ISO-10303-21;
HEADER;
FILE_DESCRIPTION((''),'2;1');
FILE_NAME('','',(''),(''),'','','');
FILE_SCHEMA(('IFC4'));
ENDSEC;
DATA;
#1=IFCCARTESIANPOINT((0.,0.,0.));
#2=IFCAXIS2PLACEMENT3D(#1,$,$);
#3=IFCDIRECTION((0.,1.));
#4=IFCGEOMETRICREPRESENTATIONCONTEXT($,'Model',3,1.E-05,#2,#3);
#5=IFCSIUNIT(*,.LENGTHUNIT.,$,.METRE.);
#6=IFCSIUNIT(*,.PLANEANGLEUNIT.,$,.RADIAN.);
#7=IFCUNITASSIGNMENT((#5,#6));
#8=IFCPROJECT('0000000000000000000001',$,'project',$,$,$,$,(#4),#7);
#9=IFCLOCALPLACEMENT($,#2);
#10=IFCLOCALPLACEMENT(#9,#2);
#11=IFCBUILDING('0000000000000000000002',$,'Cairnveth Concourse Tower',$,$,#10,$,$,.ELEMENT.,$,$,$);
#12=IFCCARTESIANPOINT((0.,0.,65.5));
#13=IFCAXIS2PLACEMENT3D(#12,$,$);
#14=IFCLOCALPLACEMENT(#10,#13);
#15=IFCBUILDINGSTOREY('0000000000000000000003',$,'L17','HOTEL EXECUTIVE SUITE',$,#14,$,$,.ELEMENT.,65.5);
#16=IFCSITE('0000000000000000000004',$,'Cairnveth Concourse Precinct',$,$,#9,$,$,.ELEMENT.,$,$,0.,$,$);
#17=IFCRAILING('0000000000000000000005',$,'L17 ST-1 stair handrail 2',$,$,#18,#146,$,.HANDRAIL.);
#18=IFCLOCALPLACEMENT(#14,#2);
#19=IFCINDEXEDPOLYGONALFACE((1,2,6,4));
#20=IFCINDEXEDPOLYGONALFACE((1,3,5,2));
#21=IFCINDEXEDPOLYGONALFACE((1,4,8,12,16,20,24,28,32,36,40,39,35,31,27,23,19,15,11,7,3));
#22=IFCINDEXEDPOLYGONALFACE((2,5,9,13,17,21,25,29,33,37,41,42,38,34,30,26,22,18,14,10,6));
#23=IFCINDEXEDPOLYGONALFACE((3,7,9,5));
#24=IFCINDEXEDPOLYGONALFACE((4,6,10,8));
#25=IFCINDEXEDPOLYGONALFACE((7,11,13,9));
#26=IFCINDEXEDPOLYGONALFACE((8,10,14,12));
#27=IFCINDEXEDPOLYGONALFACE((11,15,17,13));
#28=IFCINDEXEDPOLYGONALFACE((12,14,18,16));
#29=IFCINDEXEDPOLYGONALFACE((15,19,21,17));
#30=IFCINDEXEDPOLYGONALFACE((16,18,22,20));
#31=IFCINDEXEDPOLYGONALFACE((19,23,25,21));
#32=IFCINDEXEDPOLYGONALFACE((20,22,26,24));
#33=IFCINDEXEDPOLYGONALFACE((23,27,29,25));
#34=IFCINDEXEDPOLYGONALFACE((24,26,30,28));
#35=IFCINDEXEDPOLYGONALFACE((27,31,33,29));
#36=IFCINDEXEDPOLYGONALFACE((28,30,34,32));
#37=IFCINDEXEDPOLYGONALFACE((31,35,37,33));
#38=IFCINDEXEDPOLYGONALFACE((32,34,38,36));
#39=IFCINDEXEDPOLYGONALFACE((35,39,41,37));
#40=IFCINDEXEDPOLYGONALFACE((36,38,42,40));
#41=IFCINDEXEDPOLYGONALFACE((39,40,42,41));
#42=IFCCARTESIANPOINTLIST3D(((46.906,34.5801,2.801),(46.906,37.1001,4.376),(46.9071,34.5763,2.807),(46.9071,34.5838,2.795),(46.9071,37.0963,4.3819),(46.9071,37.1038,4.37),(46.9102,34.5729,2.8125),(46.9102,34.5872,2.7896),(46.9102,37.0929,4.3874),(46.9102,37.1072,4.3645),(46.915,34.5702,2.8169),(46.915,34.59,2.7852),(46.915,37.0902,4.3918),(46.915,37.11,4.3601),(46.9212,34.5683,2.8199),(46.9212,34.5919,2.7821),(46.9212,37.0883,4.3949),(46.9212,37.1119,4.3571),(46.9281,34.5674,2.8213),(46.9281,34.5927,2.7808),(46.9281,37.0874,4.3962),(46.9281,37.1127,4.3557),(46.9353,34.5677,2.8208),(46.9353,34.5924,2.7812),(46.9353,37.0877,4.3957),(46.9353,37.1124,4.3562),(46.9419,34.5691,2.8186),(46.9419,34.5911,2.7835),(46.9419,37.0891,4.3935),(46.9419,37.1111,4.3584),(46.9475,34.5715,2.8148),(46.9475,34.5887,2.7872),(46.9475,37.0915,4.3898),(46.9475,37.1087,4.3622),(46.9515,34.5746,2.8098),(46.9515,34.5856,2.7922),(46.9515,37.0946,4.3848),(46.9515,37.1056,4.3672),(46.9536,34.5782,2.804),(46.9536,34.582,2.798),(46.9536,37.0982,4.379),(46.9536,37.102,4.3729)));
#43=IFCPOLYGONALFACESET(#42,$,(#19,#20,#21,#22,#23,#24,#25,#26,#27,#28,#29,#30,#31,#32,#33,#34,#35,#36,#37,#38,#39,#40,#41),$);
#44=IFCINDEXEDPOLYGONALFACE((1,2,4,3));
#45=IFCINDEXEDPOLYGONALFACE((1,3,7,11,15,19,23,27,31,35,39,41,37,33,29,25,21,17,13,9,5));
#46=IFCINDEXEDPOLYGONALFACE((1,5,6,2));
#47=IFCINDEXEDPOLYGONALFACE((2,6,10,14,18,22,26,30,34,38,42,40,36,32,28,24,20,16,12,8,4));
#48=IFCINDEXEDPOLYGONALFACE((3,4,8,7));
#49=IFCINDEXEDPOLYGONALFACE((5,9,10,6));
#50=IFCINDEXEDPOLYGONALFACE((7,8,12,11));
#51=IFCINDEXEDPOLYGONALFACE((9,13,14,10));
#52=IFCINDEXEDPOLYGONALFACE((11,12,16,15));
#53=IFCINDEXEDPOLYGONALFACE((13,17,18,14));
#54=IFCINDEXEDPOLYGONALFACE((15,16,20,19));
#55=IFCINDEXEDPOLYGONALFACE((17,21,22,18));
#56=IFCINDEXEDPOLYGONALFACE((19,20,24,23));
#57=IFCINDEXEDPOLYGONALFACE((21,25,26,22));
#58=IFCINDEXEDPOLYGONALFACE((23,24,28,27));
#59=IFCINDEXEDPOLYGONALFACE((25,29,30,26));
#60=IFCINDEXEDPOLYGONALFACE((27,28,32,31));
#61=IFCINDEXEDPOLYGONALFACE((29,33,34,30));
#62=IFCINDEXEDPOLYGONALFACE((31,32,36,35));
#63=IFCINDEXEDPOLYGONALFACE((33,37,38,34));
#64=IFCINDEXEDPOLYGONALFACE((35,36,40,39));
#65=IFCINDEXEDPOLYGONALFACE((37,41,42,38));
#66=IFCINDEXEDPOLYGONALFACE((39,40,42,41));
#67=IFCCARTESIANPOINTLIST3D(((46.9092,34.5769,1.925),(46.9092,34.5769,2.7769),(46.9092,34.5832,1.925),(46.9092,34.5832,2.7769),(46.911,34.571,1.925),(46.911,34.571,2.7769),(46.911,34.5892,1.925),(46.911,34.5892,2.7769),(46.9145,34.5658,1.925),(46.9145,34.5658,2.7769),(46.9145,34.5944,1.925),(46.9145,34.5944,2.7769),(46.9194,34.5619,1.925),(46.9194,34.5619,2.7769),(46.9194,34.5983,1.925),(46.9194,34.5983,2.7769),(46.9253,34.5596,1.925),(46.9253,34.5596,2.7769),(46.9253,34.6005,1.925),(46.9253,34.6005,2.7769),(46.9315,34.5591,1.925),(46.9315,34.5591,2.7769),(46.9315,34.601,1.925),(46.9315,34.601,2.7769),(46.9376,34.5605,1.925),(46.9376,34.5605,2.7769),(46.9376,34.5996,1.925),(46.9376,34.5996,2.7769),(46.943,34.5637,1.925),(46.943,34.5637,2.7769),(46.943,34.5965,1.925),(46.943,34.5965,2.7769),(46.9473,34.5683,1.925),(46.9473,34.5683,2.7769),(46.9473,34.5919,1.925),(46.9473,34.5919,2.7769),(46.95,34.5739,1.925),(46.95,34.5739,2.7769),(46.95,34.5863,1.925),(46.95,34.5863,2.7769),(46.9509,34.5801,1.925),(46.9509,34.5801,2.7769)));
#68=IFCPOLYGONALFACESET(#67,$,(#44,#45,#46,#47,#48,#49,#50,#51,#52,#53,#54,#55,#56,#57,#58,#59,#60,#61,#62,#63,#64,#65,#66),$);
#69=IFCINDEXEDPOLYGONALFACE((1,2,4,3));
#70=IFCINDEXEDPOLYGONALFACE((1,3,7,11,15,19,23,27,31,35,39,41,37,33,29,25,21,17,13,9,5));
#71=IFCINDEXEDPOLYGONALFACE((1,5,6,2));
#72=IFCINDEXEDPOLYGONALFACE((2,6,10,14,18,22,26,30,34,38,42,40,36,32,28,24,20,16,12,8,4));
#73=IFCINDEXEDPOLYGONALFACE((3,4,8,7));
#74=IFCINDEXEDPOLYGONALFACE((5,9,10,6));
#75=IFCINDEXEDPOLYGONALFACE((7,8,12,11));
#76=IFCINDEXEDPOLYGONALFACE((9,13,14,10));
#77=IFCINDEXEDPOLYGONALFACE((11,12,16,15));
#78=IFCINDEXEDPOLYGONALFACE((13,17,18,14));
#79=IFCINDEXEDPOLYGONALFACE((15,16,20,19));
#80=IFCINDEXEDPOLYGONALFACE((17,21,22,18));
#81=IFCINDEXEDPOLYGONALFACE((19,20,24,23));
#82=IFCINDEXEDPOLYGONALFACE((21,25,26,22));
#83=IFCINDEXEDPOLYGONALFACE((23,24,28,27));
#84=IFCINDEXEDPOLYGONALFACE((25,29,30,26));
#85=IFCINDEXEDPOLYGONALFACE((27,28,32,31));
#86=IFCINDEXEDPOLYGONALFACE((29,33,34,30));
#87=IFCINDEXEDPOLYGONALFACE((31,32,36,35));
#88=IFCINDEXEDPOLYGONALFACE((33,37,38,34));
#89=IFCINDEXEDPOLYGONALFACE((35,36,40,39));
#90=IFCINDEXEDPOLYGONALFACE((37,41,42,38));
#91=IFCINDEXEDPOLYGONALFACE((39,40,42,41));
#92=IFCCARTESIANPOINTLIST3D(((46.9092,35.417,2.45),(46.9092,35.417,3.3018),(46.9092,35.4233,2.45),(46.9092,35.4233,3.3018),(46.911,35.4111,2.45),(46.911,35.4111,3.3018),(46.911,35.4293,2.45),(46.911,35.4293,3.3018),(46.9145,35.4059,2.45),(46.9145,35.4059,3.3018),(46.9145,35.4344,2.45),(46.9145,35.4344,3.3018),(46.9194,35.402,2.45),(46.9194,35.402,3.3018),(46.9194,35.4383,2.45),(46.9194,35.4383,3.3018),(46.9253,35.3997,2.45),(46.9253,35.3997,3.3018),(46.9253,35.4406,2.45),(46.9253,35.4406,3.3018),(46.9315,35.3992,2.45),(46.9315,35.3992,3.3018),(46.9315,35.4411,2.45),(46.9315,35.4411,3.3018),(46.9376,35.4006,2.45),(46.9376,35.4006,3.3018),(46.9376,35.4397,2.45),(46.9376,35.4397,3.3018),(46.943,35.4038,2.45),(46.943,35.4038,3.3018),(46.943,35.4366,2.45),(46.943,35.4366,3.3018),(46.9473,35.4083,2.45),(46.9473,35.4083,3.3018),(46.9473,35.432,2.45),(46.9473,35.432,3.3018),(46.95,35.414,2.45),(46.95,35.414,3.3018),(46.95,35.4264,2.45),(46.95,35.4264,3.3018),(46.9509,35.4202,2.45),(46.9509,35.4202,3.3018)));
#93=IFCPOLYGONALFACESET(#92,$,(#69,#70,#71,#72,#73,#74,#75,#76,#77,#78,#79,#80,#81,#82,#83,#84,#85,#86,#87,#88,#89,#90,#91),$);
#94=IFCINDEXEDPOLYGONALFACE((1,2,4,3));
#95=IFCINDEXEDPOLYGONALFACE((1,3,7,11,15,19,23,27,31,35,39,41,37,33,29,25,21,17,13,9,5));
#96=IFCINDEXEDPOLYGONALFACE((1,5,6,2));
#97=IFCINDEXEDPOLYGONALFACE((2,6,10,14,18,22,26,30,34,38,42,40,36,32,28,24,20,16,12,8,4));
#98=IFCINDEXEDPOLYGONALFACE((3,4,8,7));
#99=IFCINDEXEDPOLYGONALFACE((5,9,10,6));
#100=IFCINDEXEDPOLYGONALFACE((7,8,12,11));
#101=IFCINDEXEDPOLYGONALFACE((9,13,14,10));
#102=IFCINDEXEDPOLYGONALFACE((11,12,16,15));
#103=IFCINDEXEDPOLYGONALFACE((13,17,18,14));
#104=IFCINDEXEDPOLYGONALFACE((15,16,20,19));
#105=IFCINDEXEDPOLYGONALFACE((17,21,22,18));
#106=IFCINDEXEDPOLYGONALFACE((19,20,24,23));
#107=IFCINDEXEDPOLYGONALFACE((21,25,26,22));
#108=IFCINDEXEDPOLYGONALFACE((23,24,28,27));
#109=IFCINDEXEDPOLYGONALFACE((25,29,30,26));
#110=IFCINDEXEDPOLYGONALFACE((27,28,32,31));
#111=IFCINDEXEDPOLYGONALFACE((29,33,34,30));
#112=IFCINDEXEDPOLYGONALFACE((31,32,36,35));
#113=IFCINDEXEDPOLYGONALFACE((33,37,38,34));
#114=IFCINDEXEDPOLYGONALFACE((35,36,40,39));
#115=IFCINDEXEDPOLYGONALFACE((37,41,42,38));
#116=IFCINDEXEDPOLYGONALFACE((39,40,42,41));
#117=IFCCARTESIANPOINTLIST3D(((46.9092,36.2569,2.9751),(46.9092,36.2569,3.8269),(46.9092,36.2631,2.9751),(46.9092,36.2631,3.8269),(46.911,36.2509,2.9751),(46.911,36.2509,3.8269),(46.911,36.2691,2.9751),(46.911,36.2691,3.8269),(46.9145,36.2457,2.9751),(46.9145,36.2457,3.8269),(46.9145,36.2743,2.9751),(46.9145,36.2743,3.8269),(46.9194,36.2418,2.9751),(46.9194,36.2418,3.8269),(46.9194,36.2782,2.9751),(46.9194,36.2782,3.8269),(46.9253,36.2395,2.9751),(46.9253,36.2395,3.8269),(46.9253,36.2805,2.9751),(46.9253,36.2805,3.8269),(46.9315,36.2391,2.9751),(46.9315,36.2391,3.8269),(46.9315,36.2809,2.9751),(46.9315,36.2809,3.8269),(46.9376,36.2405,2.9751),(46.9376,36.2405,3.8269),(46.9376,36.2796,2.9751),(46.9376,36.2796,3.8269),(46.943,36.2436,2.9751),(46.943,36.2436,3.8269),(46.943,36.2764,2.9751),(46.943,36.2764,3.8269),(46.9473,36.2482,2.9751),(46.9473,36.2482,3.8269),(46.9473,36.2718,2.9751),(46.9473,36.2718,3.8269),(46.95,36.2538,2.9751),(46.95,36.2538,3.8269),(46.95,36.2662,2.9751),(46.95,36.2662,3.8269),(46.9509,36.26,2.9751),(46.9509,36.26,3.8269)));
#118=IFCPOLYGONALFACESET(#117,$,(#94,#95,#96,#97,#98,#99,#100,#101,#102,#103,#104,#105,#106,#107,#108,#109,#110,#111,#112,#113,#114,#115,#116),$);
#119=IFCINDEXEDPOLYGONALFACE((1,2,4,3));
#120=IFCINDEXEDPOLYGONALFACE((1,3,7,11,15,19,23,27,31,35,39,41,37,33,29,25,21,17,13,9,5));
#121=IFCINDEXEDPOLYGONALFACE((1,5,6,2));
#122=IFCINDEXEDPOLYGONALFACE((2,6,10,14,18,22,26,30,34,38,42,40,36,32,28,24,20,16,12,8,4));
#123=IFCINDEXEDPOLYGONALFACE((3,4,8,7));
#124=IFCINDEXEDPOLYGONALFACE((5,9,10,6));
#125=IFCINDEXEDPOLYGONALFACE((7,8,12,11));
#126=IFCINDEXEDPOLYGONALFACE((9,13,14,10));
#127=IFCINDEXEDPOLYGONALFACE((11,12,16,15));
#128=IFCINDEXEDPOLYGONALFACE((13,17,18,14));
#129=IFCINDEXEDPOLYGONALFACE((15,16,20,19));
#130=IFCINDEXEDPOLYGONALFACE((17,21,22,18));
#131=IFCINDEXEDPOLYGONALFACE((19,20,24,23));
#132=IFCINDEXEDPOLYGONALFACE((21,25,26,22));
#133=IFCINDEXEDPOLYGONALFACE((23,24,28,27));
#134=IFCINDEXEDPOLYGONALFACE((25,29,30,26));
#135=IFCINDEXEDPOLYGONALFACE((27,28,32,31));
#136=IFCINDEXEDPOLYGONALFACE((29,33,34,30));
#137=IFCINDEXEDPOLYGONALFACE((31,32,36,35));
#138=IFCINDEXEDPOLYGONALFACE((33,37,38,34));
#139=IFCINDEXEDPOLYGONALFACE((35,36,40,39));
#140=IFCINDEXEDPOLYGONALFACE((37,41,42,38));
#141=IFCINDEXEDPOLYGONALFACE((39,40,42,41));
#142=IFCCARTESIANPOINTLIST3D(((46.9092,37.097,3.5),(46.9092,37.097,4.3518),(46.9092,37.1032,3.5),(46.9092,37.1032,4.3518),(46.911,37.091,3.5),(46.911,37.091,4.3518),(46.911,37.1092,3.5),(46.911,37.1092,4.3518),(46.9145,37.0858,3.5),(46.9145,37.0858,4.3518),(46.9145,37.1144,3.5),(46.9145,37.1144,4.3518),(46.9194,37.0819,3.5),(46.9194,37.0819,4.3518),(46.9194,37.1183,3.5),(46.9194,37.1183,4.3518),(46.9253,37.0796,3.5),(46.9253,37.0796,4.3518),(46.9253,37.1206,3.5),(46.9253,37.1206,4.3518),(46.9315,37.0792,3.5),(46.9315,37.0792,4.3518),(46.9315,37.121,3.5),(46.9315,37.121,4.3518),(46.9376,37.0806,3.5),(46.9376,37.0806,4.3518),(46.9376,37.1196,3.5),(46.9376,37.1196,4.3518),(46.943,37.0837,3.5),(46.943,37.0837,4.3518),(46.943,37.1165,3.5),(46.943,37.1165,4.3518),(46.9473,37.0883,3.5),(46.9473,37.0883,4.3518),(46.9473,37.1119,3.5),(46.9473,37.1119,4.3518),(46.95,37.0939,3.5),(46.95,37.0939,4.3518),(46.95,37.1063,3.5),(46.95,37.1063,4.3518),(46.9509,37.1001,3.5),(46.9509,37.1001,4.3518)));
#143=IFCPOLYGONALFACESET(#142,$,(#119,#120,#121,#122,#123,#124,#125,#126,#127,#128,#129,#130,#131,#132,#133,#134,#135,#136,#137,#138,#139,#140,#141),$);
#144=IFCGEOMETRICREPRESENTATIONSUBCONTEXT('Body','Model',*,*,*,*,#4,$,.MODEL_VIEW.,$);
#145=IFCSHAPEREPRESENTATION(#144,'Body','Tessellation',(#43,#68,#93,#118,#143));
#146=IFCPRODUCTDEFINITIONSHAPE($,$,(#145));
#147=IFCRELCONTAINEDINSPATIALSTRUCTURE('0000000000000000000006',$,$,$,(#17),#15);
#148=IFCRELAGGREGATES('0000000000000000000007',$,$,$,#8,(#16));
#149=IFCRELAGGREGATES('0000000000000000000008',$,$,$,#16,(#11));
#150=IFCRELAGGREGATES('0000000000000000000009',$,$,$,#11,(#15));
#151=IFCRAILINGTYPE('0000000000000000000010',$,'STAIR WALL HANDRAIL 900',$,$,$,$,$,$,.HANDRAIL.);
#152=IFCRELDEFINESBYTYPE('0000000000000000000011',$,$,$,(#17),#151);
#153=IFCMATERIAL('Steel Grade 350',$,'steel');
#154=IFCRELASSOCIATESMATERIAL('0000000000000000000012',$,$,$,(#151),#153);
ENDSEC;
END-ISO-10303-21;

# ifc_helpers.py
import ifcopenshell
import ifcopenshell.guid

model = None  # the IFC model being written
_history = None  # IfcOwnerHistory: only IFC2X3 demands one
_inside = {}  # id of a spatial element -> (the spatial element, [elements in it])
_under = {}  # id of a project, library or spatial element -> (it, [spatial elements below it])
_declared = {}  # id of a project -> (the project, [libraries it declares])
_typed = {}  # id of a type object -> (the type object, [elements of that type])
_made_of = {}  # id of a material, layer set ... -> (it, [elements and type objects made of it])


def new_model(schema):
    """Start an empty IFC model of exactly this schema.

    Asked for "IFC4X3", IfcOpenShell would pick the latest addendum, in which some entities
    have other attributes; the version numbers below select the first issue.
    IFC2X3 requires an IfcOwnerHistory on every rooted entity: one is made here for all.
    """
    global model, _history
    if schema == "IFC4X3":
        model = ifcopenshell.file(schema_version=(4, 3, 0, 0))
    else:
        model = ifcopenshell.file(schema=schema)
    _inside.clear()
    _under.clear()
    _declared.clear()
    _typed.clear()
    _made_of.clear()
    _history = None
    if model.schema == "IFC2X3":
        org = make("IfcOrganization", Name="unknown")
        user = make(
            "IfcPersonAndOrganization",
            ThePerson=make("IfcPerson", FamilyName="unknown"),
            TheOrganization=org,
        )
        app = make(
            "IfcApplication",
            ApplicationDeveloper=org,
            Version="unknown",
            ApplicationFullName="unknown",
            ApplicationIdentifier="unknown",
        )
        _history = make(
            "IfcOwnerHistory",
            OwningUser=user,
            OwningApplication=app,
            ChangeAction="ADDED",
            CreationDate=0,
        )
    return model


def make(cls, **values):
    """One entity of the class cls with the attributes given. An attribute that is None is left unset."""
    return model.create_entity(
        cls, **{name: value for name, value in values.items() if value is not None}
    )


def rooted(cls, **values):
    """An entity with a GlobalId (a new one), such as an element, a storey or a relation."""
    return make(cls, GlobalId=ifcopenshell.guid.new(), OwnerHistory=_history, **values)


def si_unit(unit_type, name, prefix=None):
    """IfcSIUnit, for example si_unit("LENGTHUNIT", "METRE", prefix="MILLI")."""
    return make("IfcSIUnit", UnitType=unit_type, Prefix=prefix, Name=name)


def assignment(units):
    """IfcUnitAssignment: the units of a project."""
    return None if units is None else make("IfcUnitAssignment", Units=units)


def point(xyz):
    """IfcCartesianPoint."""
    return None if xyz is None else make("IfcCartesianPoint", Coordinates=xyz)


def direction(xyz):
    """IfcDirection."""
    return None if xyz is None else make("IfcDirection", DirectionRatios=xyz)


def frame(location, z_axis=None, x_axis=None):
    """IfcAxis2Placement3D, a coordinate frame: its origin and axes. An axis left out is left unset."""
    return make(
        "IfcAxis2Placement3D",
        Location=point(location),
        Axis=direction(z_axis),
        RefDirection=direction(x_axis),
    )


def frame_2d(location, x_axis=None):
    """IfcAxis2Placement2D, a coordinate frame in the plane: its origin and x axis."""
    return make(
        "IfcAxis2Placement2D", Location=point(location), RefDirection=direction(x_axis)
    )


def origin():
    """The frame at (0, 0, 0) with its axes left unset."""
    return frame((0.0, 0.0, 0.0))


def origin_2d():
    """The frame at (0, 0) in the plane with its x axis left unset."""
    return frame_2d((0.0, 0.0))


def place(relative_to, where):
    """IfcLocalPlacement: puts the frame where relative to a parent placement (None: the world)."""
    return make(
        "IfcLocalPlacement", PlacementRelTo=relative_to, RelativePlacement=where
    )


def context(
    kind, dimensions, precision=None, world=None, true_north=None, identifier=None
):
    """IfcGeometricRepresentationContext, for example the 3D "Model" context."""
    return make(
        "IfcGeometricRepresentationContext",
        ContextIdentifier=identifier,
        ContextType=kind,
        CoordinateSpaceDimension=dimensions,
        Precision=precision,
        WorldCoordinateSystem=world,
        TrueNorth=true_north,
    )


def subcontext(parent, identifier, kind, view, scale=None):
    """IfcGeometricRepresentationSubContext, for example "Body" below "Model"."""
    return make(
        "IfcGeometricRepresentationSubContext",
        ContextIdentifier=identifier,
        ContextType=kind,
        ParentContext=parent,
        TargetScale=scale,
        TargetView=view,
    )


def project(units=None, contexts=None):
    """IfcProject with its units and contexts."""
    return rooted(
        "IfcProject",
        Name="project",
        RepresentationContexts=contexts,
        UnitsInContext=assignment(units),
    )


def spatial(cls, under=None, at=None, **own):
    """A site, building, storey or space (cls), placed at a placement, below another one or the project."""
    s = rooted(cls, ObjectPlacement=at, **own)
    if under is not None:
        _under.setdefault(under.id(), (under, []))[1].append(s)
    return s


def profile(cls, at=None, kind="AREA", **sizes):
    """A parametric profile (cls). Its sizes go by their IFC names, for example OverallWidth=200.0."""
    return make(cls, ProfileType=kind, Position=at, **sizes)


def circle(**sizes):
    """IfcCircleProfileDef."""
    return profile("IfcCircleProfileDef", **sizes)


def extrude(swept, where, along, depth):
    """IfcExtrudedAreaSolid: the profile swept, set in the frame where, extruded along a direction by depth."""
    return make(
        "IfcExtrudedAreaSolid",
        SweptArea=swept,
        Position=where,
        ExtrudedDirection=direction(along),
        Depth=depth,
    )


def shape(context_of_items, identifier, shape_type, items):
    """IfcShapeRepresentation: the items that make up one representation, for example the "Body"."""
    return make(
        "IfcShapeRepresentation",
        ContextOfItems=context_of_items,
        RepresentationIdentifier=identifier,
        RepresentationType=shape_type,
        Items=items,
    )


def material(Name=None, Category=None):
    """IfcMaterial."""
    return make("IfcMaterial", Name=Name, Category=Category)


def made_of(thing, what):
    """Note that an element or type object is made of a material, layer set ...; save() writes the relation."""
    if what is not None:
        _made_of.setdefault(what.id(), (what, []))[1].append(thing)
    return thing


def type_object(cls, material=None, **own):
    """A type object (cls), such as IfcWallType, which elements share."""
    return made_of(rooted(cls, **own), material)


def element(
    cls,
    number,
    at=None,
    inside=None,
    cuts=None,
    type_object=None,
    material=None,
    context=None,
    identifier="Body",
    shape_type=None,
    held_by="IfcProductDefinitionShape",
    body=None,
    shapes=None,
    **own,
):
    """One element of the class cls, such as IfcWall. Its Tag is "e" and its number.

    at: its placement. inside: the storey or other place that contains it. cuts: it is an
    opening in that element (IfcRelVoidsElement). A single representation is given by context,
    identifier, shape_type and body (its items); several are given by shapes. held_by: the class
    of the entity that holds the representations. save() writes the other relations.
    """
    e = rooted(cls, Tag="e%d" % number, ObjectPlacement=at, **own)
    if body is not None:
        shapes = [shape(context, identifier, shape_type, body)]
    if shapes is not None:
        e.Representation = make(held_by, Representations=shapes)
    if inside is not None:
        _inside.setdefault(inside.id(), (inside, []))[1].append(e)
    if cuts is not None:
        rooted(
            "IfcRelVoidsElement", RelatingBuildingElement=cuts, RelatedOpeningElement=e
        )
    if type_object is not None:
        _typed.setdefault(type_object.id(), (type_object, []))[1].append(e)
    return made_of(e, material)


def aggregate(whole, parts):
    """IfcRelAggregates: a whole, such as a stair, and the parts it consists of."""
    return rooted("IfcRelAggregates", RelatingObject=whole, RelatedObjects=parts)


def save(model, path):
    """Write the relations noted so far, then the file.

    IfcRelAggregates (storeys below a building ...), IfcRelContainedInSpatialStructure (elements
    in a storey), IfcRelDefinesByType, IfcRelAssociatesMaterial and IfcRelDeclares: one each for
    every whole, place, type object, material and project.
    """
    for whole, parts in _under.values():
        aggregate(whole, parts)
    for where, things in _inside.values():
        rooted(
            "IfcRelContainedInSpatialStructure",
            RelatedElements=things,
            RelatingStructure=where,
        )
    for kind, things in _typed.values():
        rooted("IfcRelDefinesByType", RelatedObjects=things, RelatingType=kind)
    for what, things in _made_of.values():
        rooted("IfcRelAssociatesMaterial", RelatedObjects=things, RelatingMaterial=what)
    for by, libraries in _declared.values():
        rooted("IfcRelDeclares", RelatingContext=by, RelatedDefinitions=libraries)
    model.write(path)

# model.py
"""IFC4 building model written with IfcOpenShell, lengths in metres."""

from ifc_helpers import new_model, si_unit, direction, frame, origin, origin_2d, place, context, subcontext, project, spatial, circle, extrude, material, type_object, element, save


model = new_model("IFC4")

# Units and contexts
model_context = context("Model", 3, precision=1e-05, world=origin(), true_north=direction((0.0, 1.0)))
body_context = subcontext(model_context, "Body", "Model", "MODEL_VIEW")
ifc_project = project(units=[si_unit("LENGTHUNIT", "METRE"), si_unit("PLANEANGLEUNIT", "RADIAN")], contexts=[model_context])

# Site, building, storey
site_placement = place(None, origin())
site = spatial("IfcSite", under=ifc_project, at=site_placement, Name="Cairnveth Concourse Precinct", CompositionType="ELEMENT", RefElevation=0.0)
building_placement = place(site_placement, origin())
building = spatial("IfcBuilding", under=site, at=building_placement, Name="Cairnveth Concourse Tower", CompositionType="ELEMENT")
storey_placement = place(building_placement, frame((0.0, 0.0, 65.5)))
storey = spatial("IfcBuildingStorey", under=building, at=storey_placement, Name="L17", Description="HOTEL EXECUTIVE SUITE", CompositionType="ELEMENT", Elevation=65.5)

# Railing
ifc_material_1 = material(Name="Steel Grade 350", Category="steel")
railing_type_1 = type_object("IfcRailingType", Name="STAIR WALL HANDRAIL 900", PredefinedType="HANDRAIL", material=ifc_material_1)
railing_1_placement = place(storey_placement, frame((46.9299, 34.5801, 1.925)))
element("IfcRailing", 1, at=railing_1_placement, inside=storey, type_object=railing_type_1, Name="L17 ST-1 stair handrail 2", PredefinedType="HANDRAIL", context=body_context, shape_type="SweptSolid", body=[
    extrude(circle(Radius=0.0239, at=origin_2d()), frame((0.0, 0.0, 0.876), z_axis=(0.0, 0.848008, 0.529984), x_axis=(-1.0, 0.0, 0.0)), (0.0, 0.0, 1.0), 2.9717),
    extrude(circle(Radius=0.021, at=origin_2d()), origin(), (0.0, 0.0, 1.0), 0.8518),
    extrude(circle(Radius=0.021, at=origin_2d()), frame((0.0, 0.8401, 0.5249)), (0.0, 0.0, 1.0), 0.8518),
    extrude(circle(Radius=0.021, at=origin_2d()), frame((0.0, 1.6799, 1.05)), (0.0, 0.0, 1.0), 0.8518),
    extrude(circle(Radius=0.021, at=origin_2d()), frame((0.0, 2.52, 1.575)), (0.0, 0.0, 1.0), 0.8518),
])

save(model, "model.ifc")
